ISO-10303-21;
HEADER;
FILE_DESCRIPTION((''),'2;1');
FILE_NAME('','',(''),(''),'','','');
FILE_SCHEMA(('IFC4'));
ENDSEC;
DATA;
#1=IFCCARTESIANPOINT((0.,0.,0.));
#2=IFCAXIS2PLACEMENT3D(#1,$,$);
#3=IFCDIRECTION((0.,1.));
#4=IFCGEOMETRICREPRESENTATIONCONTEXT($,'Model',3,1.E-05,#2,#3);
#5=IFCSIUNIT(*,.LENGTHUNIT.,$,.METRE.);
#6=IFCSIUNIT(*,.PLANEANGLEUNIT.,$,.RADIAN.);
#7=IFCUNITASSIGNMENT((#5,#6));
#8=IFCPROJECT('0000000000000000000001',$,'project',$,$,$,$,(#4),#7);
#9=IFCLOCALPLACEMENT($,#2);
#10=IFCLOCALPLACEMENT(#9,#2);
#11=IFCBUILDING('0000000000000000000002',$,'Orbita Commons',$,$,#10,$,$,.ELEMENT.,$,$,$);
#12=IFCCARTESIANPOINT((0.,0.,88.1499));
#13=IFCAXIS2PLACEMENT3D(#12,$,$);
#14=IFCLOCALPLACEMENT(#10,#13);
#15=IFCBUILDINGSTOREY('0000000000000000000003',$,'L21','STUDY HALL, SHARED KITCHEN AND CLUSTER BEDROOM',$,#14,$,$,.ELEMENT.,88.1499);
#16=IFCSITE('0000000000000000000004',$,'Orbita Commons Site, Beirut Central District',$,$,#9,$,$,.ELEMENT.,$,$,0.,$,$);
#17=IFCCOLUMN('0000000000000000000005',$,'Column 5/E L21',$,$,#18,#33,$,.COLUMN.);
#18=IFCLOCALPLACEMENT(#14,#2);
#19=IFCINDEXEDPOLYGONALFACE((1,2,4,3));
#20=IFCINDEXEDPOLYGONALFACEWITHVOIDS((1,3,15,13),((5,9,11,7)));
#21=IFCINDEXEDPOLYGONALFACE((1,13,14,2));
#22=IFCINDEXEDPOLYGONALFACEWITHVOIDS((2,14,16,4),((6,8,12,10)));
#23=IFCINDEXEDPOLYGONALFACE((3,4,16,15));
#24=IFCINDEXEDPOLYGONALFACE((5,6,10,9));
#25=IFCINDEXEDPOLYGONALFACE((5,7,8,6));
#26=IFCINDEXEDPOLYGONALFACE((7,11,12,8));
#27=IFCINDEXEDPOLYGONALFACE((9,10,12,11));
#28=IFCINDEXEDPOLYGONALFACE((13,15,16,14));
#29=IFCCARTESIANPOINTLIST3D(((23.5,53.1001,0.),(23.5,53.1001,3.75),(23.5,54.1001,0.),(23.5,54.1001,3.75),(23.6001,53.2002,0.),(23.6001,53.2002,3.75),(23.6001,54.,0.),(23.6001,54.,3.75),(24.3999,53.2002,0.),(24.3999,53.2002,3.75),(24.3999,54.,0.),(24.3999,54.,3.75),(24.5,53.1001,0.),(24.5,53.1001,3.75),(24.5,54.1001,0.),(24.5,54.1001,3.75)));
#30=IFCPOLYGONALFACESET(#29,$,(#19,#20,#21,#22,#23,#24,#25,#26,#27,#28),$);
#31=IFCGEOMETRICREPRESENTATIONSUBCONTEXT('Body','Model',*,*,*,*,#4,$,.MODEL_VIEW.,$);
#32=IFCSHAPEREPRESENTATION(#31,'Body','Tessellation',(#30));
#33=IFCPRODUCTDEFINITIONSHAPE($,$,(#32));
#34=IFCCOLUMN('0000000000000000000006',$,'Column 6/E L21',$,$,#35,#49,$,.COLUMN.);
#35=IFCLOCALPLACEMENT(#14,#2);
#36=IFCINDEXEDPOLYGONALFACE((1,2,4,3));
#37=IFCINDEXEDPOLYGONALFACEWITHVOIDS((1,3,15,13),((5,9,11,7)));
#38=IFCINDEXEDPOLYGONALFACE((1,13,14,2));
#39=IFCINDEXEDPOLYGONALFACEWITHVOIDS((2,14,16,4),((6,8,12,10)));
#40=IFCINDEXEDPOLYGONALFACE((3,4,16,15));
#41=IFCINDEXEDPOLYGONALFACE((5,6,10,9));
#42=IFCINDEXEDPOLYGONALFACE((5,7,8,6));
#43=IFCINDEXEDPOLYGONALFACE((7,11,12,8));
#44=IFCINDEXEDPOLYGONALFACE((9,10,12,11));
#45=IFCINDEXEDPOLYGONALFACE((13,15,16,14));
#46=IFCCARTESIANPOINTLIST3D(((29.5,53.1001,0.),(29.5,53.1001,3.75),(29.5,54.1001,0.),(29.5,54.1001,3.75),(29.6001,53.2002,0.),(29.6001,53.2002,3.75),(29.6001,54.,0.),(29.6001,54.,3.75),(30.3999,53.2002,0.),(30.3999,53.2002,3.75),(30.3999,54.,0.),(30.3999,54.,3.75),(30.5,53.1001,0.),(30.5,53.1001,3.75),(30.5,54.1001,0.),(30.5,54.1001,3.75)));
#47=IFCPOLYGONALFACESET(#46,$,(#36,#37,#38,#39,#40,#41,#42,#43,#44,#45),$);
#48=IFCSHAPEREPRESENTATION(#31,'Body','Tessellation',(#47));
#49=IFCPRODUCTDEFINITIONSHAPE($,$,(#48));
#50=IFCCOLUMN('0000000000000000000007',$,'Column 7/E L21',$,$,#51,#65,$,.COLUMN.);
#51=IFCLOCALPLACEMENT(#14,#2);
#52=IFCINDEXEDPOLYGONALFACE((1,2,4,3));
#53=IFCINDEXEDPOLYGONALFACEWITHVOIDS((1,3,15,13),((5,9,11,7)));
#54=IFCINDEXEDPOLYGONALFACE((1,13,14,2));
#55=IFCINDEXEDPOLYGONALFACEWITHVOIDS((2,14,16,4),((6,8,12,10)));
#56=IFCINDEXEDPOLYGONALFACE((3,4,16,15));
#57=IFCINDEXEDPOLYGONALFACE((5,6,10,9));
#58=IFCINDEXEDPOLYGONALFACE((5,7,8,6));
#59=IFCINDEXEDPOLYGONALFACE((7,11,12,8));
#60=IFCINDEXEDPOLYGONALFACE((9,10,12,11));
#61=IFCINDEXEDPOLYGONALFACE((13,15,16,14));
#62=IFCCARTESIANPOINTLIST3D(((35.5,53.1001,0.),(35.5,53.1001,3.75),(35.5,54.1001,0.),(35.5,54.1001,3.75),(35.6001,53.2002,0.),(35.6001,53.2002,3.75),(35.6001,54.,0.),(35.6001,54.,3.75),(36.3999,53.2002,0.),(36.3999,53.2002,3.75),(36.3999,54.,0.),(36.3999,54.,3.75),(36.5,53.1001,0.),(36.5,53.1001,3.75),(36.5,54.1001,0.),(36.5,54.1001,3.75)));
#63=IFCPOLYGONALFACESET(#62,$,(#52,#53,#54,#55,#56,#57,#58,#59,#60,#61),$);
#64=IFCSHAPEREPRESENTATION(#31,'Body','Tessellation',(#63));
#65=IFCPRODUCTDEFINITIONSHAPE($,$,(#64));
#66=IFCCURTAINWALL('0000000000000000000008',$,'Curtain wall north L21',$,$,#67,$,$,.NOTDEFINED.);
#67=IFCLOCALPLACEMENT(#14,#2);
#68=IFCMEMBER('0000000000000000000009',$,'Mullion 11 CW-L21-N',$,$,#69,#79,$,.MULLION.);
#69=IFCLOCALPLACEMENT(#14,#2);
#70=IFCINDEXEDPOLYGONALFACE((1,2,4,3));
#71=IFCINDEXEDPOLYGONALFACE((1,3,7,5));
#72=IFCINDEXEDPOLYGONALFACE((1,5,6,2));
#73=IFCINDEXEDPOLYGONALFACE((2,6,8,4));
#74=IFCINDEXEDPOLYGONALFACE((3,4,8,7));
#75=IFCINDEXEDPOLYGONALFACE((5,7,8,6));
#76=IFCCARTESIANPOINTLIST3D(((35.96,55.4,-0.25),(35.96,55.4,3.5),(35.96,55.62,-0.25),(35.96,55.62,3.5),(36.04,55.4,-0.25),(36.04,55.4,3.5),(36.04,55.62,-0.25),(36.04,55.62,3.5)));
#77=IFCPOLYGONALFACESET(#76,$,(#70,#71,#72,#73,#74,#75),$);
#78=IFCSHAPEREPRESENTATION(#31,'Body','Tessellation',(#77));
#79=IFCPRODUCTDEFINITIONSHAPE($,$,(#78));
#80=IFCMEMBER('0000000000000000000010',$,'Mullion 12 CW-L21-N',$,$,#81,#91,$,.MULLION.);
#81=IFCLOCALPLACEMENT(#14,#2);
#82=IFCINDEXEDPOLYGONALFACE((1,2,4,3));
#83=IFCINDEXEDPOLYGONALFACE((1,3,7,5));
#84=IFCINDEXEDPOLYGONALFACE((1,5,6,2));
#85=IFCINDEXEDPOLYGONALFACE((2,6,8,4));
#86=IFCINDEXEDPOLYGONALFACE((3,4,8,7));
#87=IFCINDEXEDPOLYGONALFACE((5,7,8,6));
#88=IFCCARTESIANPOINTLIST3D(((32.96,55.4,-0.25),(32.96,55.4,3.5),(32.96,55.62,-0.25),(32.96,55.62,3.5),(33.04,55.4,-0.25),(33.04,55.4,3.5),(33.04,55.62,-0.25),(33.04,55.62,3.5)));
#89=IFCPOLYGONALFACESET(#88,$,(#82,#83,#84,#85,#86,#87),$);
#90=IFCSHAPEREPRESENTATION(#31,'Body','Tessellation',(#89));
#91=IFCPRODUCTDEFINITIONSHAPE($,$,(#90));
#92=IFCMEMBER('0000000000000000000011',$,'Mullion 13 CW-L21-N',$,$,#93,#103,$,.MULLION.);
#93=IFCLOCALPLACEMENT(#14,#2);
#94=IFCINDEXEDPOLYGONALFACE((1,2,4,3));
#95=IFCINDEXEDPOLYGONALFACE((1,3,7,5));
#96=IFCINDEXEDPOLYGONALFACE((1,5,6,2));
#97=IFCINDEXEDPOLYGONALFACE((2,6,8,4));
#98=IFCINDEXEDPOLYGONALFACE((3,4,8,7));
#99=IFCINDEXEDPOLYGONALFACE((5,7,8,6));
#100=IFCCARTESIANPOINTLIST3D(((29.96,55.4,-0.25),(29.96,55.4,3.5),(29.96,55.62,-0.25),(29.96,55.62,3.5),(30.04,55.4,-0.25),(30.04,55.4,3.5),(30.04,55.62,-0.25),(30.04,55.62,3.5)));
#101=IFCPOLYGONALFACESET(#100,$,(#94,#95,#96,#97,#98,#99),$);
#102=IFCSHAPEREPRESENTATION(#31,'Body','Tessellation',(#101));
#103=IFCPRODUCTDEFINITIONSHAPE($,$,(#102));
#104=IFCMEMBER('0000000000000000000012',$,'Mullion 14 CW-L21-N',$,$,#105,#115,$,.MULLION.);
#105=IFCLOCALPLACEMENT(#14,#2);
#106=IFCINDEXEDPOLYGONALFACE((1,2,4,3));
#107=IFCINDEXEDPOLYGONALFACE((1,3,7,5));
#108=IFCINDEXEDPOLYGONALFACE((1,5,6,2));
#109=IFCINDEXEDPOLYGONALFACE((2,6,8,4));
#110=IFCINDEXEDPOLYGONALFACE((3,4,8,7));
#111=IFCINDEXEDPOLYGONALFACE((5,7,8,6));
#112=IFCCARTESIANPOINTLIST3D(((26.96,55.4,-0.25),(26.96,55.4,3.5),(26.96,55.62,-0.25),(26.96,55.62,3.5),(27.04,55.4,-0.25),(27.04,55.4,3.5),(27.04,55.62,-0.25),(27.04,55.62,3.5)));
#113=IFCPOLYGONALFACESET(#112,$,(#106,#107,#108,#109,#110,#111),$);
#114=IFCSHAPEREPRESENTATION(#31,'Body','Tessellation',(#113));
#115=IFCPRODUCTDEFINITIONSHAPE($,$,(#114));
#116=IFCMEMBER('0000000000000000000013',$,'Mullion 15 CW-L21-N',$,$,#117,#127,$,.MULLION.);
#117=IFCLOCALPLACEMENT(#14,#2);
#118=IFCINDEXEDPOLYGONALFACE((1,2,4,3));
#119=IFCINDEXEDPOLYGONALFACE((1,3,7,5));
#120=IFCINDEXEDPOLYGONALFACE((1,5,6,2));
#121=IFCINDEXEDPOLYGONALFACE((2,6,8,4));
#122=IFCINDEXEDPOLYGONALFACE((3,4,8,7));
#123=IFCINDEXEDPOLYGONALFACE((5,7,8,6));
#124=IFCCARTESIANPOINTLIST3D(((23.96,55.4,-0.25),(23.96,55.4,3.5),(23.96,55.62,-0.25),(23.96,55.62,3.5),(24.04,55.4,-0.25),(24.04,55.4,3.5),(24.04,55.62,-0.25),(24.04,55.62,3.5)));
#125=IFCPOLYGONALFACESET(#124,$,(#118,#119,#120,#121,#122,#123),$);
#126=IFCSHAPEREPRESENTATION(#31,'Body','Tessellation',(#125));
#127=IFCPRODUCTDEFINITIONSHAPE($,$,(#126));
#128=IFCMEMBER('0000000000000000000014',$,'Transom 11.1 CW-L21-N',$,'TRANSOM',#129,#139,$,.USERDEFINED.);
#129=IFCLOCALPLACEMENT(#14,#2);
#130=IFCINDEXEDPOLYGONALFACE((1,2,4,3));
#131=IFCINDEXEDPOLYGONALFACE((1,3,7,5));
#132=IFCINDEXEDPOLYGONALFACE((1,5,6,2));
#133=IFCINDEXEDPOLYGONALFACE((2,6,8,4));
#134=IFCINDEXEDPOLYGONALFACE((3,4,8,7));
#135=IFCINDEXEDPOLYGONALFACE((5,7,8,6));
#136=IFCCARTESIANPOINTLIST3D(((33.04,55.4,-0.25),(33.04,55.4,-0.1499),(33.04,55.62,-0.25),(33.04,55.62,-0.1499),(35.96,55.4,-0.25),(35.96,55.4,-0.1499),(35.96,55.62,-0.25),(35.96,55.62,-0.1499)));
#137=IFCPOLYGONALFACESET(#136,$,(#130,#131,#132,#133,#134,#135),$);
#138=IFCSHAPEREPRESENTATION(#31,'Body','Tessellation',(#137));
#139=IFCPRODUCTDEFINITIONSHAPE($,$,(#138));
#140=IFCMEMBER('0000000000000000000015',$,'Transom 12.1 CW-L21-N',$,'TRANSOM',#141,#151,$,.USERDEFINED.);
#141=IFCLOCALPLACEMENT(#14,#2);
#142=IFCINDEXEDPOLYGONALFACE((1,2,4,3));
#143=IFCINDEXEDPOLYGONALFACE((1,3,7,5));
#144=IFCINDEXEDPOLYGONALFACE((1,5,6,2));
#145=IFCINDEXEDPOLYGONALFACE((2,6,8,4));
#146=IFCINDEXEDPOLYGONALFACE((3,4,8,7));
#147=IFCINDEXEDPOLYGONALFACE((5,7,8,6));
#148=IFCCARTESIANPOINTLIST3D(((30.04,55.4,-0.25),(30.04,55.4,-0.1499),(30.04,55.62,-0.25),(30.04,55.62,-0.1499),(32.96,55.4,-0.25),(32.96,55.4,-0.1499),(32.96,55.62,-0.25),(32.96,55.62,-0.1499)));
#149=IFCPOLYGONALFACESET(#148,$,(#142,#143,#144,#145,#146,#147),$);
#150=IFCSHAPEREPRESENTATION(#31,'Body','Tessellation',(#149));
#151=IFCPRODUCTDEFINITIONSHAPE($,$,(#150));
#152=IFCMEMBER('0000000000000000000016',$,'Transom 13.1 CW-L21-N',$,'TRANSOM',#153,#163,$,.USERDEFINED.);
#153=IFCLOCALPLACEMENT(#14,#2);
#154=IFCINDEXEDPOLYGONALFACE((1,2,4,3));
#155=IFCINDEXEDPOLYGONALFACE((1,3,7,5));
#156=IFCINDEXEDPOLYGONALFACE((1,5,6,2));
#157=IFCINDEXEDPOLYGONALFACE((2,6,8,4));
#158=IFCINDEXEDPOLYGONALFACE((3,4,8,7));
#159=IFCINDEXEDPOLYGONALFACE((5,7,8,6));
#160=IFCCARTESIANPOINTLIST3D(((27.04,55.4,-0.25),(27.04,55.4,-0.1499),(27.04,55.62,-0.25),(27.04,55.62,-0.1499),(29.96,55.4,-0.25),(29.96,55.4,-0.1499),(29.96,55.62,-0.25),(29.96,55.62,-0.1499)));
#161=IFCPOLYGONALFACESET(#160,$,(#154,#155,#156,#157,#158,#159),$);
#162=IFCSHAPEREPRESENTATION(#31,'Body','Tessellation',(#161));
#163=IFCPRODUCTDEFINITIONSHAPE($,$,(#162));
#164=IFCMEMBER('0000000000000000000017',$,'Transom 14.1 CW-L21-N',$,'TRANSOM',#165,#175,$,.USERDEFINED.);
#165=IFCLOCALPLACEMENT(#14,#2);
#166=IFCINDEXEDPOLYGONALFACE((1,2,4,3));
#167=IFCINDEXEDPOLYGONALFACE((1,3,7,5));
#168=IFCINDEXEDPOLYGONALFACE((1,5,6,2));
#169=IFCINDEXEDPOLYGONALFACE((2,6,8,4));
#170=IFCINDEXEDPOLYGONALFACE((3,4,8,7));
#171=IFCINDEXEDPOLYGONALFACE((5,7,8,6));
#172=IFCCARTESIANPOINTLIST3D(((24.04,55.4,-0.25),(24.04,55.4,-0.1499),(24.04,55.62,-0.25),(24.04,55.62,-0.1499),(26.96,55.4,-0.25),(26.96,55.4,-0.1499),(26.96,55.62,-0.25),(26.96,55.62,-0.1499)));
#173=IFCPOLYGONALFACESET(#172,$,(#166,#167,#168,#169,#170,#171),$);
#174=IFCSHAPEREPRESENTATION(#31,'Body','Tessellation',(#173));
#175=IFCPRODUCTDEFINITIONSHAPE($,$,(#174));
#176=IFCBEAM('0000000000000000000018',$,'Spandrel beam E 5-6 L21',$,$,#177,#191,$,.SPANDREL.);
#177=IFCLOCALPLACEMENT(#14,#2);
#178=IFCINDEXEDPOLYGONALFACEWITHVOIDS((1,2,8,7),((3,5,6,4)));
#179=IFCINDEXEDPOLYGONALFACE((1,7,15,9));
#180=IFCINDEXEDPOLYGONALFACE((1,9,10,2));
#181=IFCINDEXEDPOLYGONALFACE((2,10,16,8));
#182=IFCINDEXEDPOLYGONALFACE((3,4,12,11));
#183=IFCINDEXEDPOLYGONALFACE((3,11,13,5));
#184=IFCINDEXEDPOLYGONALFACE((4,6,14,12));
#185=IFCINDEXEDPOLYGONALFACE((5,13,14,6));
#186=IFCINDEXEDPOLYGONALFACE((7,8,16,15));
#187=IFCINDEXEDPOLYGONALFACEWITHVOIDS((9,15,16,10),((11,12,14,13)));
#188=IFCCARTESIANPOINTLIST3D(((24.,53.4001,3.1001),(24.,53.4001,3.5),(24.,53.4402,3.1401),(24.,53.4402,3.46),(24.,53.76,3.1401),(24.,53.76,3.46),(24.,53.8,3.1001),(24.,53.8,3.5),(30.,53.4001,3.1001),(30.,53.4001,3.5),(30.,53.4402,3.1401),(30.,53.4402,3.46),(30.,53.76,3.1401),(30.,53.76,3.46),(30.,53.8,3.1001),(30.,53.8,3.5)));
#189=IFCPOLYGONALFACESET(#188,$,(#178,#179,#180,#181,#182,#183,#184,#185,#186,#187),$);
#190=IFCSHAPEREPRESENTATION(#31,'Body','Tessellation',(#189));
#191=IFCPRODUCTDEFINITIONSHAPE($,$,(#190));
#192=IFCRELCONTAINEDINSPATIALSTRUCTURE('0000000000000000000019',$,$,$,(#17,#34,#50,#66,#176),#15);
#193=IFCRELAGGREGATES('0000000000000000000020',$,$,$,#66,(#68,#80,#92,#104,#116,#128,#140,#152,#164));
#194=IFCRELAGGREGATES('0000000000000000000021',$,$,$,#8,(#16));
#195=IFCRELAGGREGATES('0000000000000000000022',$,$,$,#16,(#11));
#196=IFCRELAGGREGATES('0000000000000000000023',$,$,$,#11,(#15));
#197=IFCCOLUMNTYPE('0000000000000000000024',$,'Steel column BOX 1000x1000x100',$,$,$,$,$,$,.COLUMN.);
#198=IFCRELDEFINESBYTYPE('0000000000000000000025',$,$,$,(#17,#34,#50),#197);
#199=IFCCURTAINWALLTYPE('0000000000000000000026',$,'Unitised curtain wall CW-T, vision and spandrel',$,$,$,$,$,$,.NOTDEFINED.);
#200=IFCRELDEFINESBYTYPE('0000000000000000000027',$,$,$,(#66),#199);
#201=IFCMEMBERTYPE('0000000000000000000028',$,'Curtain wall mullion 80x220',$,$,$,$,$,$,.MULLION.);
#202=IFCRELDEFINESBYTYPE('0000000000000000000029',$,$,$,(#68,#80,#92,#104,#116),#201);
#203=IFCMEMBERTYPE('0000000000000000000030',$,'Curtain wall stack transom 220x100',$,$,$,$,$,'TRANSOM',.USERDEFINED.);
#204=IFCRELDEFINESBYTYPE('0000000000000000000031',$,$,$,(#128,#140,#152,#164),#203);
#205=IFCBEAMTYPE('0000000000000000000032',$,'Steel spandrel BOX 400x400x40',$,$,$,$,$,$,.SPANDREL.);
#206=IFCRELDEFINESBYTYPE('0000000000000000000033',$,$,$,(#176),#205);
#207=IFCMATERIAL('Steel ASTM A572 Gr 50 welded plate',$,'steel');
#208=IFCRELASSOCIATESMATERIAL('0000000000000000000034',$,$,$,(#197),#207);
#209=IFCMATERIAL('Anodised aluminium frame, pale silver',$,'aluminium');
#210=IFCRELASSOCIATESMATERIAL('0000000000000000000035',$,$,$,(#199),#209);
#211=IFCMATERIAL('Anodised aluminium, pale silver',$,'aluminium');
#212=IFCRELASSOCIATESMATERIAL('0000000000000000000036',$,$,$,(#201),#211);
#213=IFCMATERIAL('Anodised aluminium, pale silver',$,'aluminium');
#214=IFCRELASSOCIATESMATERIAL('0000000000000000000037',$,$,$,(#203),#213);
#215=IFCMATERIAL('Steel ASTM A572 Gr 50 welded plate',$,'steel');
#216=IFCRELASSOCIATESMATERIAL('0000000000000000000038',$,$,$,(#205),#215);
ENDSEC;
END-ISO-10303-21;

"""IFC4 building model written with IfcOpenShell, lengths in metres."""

from ifc_helpers import new_model, si_unit, direction, frame, origin, origin_2d, place, context, subcontext, project, spatial, rectangle, hollow_rectangle, extrude, material, material_profile, profile_set, type_object, element, aggregate, save


model = new_model("IFC4")

# Units and contexts
model_context = context("Model", 3, precision=1e-05, world=origin(), true_north=direction((0.0, 1.0)))
body_context = subcontext(model_context, "Body", "Model", "MODEL_VIEW")
ifc_project = project(units=[si_unit("LENGTHUNIT", "METRE"), si_unit("PLANEANGLEUNIT", "RADIAN")], contexts=[model_context])

# Site, building, storey
site_placement = place(None, origin())
site = spatial("IfcSite", under=ifc_project, at=site_placement, Name="Orbita Commons Site, Beirut Central District", CompositionType="ELEMENT", RefElevation=0.0)
building_placement = place(site_placement, origin())
building = spatial("IfcBuilding", under=site, at=building_placement, Name="Orbita Commons", CompositionType="ELEMENT")
storey_placement = place(building_placement, frame((0.0, 0.0, 88.1499)))
storey = spatial("IfcBuildingStorey", under=building, at=storey_placement, Name="L21", Description="STUDY HALL, SHARED KITCHEN AND CLUSTER BEDROOM", CompositionType="ELEMENT", Elevation=88.1499)

# Columns
ifc_material_1 = material(Name="Steel ASTM A572 Gr 50 welded plate", Category="steel")
ifc_material_profile_1 = material_profile(ifc_material_1, hollow_rectangle(XDim=1.0, YDim=1.0, WallThickness=0.1001, at=origin_2d()), Name="BOX 1000x1000x100")
ifc_profile_set_1 = profile_set([ifc_material_profile_1], Name="Steel ASTM A572 Gr 50 welded plate")
column_type = type_object("IfcColumnType", Name="Steel column BOX 1000x1000x100", PredefinedType="COLUMN", material=ifc_profile_set_1)
for number, where, z_axis, x_axis, name in (
    (1, (24.0, 53.6001, 0.0), (0.0, 0.0, 1.0), (1.0, 0.0, 0.0), "Column 5/E L21"),
    (2, (30.0, 53.6001, 0.0), (0.0, 0.0, 1.0), (1.0, 0.0, 0.0), "Column 6/E L21"),
    (3, (36.0, 53.6001, 0.0), (0.0, 0.0, 1.0), (1.0, 0.0, 0.0), "Column 7/E L21"),
):
    element("IfcColumn", number, at=place(storey_placement, frame(where, z_axis=z_axis, x_axis=x_axis)), inside=storey, type_object=column_type, Name=name, PredefinedType="COLUMN", context=body_context, shape_type="SweptSolid", body=[
        extrude(hollow_rectangle(XDim=1.0, YDim=1.0, WallThickness=0.1001, at=origin_2d()), origin(), (0.0, 0.0, 1.0), 3.75),
    ])

# Curtain wall, members
ifc_material_2 = material(Name="Anodised aluminium frame, pale silver", Category="aluminium")
curtain_wall_type = type_object("IfcCurtainWallType", Name="Unitised curtain wall CW-T, vision and spandrel", PredefinedType="NOTDEFINED", material=ifc_material_2)
curtain_wall_placement = place(storey_placement, origin())
curtain_wall = element("IfcCurtainWall", 4, at=curtain_wall_placement, inside=storey, type_object=curtain_wall_type, Name="Curtain wall north L21", PredefinedType="NOTDEFINED")
ifc_material_3 = material(Name="Anodised aluminium, pale silver", Category="aluminium")
ifc_material_profile_2 = material_profile(ifc_material_3, rectangle(XDim=0.0801, YDim=0.22, at=origin_2d()), Name="AL 80x220")
ifc_profile_set_2 = profile_set([ifc_material_profile_2], Name="Anodised aluminium, pale silver")
member_type_1 = type_object("IfcMemberType", Name="Curtain wall mullion 80x220", PredefinedType="MULLION", material=ifc_profile_set_2)
member_1_placement = place(storey_placement, frame((36.0, 55.51, -0.25), z_axis=(0.0, 0.0, 1.0), x_axis=(-1.0, 0.0, 0.0)))
member_1 = element("IfcMember", 5, at=member_1_placement, type_object=member_type_1, Name="Mullion 11 CW-L21-N", PredefinedType="MULLION", context=body_context, shape_type="SweptSolid", body=[
    extrude(rectangle(XDim=0.0801, YDim=0.22, at=origin_2d()), origin(), (0.0, 0.0, 1.0), 3.75),
])
member_2_placement = place(storey_placement, frame((33.0, 55.51, -0.25), z_axis=(0.0, 0.0, 1.0), x_axis=(-1.0, 0.0, 0.0)))
member_2 = element("IfcMember", 6, at=member_2_placement, type_object=member_type_1, Name="Mullion 12 CW-L21-N", PredefinedType="MULLION", context=body_context, shape_type="SweptSolid", body=[
    extrude(rectangle(XDim=0.0801, YDim=0.22, at=origin_2d()), origin(), (0.0, 0.0, 1.0), 3.75),
])
member_3_placement = place(storey_placement, frame((30.0, 55.51, -0.25), z_axis=(0.0, 0.0, 1.0), x_axis=(-1.0, 0.0, 0.0)))
member_3 = element("IfcMember", 7, at=member_3_placement, type_object=member_type_1, Name="Mullion 13 CW-L21-N", PredefinedType="MULLION", context=body_context, shape_type="SweptSolid", body=[
    extrude(rectangle(XDim=0.0801, YDim=0.22, at=origin_2d()), origin(), (0.0, 0.0, 1.0), 3.75),
])
member_4_placement = place(storey_placement, frame((27.0, 55.51, -0.25), z_axis=(0.0, 0.0, 1.0), x_axis=(-1.0, 0.0, 0.0)))
member_4 = element("IfcMember", 8, at=member_4_placement, type_object=member_type_1, Name="Mullion 14 CW-L21-N", PredefinedType="MULLION", context=body_context, shape_type="SweptSolid", body=[
    extrude(rectangle(XDim=0.0801, YDim=0.22, at=origin_2d()), origin(), (0.0, 0.0, 1.0), 3.75),
])
member_5_placement = place(storey_placement, frame((24.0, 55.51, -0.25), z_axis=(0.0, 0.0, 1.0), x_axis=(-1.0, 0.0, 0.0)))
member_5 = element("IfcMember", 9, at=member_5_placement, type_object=member_type_1, Name="Mullion 15 CW-L21-N", PredefinedType="MULLION", context=body_context, shape_type="SweptSolid", body=[
    extrude(rectangle(XDim=0.0801, YDim=0.22, at=origin_2d()), origin(), (0.0, 0.0, 1.0), 3.75),
])
ifc_material_4 = material(Name="Anodised aluminium, pale silver", Category="aluminium")
ifc_material_profile_3 = material_profile(ifc_material_4, rectangle(XDim=0.22, YDim=0.1001, at=origin_2d()), Name="AL 220x100")
ifc_profile_set_3 = profile_set([ifc_material_profile_3], Name="Anodised aluminium, pale silver")
member_type_2 = type_object("IfcMemberType", Name="Curtain wall stack transom 220x100", ElementType="TRANSOM", PredefinedType="USERDEFINED", material=ifc_profile_set_3)
member_6_placement = place(storey_placement, frame((35.96, 55.51, -0.2), z_axis=(-1.0, 0.0, 0.0), x_axis=(0.0, -1.0, 0.0)))
member_6 = element("IfcMember", 10, at=member_6_placement, type_object=member_type_2, Name="Transom 11.1 CW-L21-N", ObjectType="TRANSOM", PredefinedType="USERDEFINED", context=body_context, shape_type="SweptSolid", body=[
    extrude(rectangle(XDim=0.22, YDim=0.1001, at=origin_2d()), origin(), (0.0, 0.0, 1.0), 2.9199),
])
member_7_placement = place(storey_placement, frame((32.96, 55.51, -0.2), z_axis=(-1.0, 0.0, 0.0), x_axis=(0.0, -1.0, 0.0)))
member_7 = element("IfcMember", 11, at=member_7_placement, type_object=member_type_2, Name="Transom 12.1 CW-L21-N", ObjectType="TRANSOM", PredefinedType="USERDEFINED", context=body_context, shape_type="SweptSolid", body=[
    extrude(rectangle(XDim=0.22, YDim=0.1001, at=origin_2d()), origin(), (0.0, 0.0, 1.0), 2.9199),
])
member_8_placement = place(storey_placement, frame((29.96, 55.51, -0.2), z_axis=(-1.0, 0.0, 0.0), x_axis=(0.0, -1.0, 0.0)))
member_8 = element("IfcMember", 12, at=member_8_placement, type_object=member_type_2, Name="Transom 13.1 CW-L21-N", ObjectType="TRANSOM", PredefinedType="USERDEFINED", context=body_context, shape_type="SweptSolid", body=[
    extrude(rectangle(XDim=0.22, YDim=0.1001, at=origin_2d()), origin(), (0.0, 0.0, 1.0), 2.9199),
])
member_9_placement = place(storey_placement, frame((26.96, 55.51, -0.2), z_axis=(-1.0, 0.0, 0.0), x_axis=(0.0, -1.0, 0.0)))
member_9 = element("IfcMember", 13, at=member_9_placement, type_object=member_type_2, Name="Transom 14.1 CW-L21-N", ObjectType="TRANSOM", PredefinedType="USERDEFINED", context=body_context, shape_type="SweptSolid", body=[
    extrude(rectangle(XDim=0.22, YDim=0.1001, at=origin_2d()), origin(), (0.0, 0.0, 1.0), 2.9199),
])

# Beam
ifc_material_5 = material(Name="Steel ASTM A572 Gr 50 welded plate", Category="steel")
ifc_material_profile_4 = material_profile(ifc_material_5, hollow_rectangle(XDim=0.3999, YDim=0.3999, WallThickness=0.04, at=origin_2d()), Name="BOX 400x400x40")
ifc_profile_set_4 = profile_set([ifc_material_profile_4], Name="Steel ASTM A572 Gr 50 welded plate")
beam_type = type_object("IfcBeamType", Name="Steel spandrel BOX 400x400x40", PredefinedType="SPANDREL", material=ifc_profile_set_4)
for number, where, z_axis, x_axis, name in (
    (14, (24.0, 53.6001, 3.3), (1.0, 0.0, 0.0), (0.0, 1.0, 0.0), "Spandrel beam E 5-6 L21"),
):
    element("IfcBeam", number, at=place(storey_placement, frame(where, z_axis=z_axis, x_axis=x_axis)), inside=storey, type_object=beam_type, Name=name, PredefinedType="SPANDREL", context=body_context, shape_type="SweptSolid", body=[
        extrude(hollow_rectangle(XDim=0.3999, YDim=0.3999, WallThickness=0.04, at=origin_2d()), origin(), (0.0, 0.0, 1.0), 6.0),
    ])

aggregate(curtain_wall, [member_1, member_2, member_3, member_4, member_5, member_6, member_7, member_8, member_9])

save(model, "model.ifc")
